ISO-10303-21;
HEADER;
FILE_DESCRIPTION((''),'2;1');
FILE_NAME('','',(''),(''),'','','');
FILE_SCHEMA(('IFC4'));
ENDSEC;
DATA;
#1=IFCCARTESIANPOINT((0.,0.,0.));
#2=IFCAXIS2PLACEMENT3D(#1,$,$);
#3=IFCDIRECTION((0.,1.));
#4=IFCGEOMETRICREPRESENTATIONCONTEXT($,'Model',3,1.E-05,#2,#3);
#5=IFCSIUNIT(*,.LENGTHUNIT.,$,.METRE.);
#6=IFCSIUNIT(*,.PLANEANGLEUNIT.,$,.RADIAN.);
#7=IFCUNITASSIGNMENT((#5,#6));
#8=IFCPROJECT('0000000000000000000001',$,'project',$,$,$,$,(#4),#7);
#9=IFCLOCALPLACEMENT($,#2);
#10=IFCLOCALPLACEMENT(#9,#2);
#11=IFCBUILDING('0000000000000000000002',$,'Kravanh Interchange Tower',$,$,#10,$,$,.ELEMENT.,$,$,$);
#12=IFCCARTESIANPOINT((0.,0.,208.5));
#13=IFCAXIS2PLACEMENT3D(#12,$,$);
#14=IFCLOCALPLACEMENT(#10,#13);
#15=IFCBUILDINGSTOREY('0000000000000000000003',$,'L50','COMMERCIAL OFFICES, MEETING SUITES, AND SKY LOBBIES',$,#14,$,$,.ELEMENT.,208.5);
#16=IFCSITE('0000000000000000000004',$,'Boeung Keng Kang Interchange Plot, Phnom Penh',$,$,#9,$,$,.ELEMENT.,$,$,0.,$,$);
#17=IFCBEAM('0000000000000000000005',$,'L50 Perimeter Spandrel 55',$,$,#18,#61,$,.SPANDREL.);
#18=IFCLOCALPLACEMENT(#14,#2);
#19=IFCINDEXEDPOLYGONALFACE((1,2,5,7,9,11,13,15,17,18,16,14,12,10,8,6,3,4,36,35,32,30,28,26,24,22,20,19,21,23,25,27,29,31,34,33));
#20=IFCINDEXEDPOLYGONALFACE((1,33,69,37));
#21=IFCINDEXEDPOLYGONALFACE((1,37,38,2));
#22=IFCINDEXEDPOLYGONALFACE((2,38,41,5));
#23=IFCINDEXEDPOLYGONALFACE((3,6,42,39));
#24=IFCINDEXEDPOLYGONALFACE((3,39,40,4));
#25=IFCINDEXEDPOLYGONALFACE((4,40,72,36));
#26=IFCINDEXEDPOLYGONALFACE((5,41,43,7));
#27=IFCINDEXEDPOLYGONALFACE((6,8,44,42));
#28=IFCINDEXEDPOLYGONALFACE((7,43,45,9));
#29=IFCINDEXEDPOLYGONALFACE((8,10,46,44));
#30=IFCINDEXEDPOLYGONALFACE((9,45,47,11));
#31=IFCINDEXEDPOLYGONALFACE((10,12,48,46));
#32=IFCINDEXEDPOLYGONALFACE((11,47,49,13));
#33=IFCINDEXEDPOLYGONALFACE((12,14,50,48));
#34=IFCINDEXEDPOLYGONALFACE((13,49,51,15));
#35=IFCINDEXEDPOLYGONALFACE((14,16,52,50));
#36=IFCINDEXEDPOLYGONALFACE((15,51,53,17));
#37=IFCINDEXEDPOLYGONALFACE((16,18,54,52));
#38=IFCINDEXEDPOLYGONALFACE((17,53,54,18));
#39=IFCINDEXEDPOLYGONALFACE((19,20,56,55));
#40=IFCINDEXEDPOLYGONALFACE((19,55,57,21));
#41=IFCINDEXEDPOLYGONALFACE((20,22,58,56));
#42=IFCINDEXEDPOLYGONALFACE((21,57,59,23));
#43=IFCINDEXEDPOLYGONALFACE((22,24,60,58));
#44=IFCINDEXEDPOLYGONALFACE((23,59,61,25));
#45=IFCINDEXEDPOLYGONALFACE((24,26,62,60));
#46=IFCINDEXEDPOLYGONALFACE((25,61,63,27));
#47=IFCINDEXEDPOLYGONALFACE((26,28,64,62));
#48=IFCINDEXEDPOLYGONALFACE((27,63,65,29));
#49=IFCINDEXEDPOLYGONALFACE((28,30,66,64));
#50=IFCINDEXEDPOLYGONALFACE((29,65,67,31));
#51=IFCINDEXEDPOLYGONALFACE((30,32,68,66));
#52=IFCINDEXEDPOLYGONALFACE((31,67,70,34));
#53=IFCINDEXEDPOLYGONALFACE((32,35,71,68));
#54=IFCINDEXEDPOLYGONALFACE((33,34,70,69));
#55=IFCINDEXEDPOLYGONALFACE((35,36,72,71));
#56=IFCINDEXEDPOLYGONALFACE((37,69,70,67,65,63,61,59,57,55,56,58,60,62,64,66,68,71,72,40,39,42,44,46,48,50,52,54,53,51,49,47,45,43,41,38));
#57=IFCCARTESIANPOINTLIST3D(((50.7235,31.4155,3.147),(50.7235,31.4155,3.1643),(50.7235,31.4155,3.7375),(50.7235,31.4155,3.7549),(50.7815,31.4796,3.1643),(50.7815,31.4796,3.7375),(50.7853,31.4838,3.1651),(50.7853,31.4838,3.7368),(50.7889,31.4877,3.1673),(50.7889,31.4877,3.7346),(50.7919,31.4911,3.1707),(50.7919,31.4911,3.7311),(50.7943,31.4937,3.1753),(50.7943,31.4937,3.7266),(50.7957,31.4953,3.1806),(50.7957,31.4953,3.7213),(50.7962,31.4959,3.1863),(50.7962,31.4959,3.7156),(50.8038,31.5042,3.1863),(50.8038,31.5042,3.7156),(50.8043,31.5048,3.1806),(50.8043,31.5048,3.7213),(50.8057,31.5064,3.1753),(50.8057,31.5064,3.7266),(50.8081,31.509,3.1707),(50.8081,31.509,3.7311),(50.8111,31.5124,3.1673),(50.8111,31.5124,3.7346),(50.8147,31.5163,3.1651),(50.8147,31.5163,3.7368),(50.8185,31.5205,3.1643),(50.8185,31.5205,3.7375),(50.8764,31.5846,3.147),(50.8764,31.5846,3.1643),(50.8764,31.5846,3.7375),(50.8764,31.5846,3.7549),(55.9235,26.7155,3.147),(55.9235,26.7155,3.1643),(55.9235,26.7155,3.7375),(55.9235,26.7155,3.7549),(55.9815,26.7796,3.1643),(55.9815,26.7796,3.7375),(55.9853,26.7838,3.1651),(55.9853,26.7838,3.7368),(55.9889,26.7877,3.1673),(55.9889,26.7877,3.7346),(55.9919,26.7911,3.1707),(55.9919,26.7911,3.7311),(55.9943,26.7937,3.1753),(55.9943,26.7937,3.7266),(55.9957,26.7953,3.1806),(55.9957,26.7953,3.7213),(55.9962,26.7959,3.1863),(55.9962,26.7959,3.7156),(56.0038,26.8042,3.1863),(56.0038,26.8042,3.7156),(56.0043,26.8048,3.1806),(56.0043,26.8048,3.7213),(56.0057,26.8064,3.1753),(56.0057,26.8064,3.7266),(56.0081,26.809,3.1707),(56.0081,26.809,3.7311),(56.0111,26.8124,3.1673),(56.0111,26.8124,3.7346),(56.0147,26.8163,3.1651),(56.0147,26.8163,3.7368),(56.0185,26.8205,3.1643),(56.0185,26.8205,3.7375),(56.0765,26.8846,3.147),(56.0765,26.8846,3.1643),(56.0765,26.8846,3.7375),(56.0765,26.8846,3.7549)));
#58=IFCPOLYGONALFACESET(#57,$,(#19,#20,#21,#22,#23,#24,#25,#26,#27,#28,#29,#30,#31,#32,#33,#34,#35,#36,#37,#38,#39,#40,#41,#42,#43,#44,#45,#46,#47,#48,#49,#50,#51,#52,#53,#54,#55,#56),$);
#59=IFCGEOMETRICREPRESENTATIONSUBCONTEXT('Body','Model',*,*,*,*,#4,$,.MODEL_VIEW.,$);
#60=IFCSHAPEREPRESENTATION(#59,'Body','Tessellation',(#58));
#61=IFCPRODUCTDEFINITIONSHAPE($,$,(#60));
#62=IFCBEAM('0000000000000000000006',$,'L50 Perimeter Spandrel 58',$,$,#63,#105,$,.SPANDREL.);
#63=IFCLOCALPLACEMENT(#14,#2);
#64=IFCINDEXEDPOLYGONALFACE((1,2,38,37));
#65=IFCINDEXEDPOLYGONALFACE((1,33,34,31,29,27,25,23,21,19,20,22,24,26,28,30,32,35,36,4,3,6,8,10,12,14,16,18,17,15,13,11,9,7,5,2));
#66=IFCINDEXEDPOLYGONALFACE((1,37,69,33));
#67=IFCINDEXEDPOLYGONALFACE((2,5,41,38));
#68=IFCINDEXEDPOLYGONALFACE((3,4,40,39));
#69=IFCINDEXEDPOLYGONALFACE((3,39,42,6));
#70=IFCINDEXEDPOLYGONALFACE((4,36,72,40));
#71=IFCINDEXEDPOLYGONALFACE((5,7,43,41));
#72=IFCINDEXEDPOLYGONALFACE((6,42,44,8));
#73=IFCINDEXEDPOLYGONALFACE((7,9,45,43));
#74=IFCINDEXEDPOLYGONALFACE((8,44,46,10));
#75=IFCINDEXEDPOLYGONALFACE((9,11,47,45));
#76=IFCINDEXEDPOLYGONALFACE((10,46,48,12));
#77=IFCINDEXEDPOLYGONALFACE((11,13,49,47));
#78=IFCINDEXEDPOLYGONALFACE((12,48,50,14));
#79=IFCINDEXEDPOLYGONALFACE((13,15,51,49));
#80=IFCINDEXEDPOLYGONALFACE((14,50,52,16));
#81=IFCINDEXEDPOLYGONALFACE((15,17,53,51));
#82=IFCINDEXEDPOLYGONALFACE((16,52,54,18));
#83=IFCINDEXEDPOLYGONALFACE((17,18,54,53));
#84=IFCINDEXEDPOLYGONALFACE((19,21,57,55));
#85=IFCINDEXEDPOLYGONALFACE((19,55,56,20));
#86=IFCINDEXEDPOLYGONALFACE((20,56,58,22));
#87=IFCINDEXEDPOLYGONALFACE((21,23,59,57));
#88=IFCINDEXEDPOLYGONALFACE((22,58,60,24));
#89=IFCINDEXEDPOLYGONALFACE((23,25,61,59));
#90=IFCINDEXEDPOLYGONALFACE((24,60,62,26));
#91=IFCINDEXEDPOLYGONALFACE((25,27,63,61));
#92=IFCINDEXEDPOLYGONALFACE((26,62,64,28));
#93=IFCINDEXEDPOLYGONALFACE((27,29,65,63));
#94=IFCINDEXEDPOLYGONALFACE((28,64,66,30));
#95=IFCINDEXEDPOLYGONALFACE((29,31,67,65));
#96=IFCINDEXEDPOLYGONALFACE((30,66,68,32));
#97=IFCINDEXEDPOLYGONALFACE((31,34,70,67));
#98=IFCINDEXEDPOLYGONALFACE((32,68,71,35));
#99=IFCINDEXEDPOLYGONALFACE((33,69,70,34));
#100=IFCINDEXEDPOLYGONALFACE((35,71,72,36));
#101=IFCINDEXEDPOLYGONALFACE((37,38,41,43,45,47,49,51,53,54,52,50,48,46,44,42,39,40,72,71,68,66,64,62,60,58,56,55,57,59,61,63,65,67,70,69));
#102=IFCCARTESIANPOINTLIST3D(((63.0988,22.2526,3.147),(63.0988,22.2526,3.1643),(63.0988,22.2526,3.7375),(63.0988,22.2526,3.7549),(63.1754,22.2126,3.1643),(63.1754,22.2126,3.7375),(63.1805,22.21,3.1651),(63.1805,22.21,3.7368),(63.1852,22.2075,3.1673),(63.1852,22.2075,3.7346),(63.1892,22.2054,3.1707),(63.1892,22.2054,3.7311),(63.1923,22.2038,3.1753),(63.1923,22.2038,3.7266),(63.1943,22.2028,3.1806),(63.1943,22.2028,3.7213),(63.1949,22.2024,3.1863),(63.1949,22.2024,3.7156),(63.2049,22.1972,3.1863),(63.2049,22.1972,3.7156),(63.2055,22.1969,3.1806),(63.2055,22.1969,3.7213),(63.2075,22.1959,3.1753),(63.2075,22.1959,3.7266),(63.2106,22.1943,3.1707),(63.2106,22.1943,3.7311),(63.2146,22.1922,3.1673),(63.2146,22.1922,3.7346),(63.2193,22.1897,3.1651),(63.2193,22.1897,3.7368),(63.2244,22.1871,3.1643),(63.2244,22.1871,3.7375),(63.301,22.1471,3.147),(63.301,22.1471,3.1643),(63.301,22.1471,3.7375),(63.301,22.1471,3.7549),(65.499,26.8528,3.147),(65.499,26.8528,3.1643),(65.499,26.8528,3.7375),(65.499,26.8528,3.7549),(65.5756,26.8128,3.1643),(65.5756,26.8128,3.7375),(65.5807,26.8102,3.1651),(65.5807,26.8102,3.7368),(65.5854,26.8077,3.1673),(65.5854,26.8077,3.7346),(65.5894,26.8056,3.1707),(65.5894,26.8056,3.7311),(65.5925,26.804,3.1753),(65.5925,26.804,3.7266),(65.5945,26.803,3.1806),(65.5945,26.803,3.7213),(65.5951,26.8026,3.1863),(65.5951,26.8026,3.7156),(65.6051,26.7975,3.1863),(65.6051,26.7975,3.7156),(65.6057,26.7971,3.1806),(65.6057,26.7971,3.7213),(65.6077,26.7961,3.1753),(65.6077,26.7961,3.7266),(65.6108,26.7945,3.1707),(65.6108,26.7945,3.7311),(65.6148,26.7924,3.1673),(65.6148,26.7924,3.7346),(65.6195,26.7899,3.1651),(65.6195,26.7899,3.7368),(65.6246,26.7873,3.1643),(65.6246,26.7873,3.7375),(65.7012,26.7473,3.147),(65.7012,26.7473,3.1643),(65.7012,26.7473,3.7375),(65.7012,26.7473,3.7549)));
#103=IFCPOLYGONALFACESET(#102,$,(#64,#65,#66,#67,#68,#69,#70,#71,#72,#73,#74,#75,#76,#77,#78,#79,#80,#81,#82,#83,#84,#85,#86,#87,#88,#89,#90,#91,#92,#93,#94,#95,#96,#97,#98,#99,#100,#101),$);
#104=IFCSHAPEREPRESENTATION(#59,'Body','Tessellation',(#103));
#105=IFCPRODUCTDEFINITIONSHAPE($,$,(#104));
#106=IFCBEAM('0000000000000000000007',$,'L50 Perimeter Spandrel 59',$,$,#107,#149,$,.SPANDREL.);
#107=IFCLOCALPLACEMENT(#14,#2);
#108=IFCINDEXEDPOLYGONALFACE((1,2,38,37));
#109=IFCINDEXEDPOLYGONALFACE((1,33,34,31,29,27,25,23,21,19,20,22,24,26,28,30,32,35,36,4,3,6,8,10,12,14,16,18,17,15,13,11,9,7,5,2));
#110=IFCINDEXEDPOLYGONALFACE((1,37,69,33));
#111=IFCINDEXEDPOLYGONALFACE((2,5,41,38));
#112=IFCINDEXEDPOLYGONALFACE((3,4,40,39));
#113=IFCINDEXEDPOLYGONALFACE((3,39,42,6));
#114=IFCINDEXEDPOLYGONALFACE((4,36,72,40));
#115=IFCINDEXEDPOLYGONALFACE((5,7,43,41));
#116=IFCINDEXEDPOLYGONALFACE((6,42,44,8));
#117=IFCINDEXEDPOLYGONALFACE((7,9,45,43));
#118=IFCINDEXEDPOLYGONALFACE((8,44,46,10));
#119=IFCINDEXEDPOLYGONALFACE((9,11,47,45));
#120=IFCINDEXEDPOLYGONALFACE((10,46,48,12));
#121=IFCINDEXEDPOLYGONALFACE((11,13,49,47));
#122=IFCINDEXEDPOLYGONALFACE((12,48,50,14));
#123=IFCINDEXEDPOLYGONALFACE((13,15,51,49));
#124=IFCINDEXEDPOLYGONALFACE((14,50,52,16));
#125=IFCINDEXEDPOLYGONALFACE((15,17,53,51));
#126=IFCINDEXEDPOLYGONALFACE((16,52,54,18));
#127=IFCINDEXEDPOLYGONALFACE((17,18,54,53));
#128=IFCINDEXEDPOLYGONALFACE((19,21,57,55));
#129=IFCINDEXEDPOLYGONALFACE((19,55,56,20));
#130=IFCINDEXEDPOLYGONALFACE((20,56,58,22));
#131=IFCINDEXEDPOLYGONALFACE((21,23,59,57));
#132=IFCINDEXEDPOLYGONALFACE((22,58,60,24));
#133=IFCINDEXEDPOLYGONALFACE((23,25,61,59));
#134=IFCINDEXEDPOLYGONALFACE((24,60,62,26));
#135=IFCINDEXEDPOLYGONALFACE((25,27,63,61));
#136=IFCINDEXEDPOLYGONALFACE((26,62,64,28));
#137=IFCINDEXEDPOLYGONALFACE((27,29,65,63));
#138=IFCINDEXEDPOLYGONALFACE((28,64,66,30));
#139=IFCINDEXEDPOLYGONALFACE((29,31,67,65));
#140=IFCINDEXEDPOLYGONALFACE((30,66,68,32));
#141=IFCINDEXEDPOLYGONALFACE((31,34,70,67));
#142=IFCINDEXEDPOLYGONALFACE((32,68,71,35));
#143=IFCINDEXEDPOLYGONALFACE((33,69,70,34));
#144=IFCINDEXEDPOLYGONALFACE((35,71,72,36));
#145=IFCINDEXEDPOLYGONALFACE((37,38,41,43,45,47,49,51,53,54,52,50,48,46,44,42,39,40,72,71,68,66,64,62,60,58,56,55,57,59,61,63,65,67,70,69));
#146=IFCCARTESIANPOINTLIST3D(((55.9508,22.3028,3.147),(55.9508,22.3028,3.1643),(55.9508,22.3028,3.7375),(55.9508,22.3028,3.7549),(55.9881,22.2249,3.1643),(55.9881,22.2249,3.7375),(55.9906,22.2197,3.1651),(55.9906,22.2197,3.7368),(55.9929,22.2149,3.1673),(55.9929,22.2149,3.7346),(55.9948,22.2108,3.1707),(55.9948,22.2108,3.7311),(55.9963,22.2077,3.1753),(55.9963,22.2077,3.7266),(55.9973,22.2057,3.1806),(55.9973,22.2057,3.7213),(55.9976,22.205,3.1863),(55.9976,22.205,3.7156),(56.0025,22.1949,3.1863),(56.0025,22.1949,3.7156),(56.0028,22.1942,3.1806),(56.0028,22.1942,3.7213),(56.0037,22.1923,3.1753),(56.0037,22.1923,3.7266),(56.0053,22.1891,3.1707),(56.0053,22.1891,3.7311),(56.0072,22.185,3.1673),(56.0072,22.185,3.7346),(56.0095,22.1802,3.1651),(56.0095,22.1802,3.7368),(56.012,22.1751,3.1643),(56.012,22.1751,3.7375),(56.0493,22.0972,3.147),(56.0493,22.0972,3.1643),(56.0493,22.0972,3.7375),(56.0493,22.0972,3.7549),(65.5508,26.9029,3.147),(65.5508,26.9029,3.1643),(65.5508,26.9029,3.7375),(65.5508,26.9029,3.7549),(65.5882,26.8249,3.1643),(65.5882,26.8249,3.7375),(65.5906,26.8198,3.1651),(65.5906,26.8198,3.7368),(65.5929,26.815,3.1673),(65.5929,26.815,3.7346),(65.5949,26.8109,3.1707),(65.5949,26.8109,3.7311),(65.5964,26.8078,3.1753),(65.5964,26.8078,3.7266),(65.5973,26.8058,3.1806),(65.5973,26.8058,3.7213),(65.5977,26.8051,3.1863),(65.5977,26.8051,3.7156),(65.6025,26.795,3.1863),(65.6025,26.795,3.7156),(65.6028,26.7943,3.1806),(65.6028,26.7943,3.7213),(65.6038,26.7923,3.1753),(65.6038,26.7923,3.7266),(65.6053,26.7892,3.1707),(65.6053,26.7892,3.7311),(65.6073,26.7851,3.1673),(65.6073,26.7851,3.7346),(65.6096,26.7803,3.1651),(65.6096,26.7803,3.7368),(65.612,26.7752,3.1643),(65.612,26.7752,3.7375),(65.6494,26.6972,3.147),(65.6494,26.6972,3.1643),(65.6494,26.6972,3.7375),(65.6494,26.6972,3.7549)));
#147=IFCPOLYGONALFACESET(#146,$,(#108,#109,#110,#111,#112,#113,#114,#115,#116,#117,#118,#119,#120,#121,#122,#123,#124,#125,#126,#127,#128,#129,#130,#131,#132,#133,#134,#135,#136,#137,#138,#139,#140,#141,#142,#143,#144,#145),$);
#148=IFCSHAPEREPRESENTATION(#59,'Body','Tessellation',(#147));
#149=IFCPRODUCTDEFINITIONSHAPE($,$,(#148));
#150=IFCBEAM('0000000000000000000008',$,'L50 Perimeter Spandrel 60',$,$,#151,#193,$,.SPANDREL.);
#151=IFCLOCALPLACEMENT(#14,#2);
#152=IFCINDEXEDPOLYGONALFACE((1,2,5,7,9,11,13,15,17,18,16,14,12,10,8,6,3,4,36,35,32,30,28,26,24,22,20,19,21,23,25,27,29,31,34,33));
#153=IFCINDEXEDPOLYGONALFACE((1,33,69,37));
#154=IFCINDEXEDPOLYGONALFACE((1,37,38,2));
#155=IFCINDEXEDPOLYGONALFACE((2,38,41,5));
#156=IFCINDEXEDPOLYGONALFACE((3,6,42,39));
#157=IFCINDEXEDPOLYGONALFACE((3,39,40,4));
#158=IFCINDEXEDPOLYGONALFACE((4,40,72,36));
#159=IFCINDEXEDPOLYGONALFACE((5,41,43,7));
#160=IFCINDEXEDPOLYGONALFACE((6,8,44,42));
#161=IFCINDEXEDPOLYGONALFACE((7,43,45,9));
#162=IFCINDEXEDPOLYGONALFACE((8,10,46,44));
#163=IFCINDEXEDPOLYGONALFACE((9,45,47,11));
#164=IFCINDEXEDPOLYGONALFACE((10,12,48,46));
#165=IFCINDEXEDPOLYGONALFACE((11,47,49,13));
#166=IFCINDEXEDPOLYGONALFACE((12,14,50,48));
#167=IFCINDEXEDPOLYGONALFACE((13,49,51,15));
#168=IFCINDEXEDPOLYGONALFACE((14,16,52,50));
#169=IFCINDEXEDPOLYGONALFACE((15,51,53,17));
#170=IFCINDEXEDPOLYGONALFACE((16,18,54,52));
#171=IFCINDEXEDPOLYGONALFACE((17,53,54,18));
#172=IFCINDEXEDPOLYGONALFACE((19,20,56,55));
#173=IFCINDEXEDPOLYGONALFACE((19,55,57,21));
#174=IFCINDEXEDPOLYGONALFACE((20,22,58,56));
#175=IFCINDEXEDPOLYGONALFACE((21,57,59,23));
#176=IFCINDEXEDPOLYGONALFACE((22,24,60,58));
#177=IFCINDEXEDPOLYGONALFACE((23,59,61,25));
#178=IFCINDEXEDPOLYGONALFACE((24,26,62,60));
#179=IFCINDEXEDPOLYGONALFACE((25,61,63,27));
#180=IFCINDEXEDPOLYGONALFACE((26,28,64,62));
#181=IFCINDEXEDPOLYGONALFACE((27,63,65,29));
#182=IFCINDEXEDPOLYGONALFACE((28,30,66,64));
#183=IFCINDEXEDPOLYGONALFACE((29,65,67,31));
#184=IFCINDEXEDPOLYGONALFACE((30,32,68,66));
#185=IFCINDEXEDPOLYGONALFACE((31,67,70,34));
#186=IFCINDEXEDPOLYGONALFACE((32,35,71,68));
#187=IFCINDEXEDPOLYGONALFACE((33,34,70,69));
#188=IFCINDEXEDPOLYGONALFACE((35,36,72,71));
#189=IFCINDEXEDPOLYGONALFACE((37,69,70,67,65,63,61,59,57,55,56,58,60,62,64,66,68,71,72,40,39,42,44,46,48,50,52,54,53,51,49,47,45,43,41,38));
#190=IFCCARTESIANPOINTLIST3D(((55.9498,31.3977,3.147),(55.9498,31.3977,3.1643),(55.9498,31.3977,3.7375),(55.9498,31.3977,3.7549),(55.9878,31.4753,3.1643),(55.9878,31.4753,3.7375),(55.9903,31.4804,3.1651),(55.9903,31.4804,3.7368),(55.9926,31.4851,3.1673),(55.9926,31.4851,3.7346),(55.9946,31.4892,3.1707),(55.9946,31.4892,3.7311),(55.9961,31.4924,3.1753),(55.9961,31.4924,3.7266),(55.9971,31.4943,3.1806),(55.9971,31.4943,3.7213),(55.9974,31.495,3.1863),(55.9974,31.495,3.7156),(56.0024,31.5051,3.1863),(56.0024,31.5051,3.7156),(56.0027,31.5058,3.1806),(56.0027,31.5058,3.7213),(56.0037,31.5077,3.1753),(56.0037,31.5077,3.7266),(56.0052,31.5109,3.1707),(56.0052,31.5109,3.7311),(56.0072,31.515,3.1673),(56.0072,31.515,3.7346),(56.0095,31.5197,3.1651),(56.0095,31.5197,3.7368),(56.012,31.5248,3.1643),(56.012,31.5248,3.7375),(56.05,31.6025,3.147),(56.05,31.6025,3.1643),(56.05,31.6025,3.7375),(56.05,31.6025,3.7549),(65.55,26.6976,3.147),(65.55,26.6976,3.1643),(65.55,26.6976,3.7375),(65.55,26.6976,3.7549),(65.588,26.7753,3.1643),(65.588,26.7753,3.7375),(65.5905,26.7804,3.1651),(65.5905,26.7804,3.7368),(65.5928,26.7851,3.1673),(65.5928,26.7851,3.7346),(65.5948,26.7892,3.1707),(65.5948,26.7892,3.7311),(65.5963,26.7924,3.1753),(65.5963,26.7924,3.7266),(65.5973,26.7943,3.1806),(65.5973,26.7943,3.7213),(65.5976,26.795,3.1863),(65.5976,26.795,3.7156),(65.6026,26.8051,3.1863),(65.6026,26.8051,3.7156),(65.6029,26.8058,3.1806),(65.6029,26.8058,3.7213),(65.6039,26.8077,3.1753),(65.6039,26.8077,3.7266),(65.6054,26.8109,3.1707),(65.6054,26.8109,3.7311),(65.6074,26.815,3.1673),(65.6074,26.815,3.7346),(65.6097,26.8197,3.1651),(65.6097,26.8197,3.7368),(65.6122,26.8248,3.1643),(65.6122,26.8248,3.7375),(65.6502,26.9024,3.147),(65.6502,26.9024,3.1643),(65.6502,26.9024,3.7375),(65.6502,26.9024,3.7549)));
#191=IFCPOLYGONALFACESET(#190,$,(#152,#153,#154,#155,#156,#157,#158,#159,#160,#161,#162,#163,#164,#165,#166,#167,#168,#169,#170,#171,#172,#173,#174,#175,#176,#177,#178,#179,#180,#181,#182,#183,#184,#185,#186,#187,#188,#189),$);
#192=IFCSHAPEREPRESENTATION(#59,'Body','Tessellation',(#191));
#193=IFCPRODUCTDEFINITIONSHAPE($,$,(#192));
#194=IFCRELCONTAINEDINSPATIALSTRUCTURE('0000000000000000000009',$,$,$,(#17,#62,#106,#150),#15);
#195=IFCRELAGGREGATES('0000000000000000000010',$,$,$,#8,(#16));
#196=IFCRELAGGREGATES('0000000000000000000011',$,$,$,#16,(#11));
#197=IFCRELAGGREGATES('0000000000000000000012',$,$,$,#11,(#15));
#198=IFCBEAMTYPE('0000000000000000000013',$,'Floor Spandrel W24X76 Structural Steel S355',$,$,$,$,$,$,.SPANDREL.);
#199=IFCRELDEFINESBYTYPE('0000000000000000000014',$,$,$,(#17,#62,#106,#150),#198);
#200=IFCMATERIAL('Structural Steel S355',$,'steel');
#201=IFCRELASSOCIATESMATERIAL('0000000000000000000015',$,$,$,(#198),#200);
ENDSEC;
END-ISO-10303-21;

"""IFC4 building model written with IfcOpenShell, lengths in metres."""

from ifc_helpers import new_model, si_unit, direction, frame, origin, origin_2d, place, context, subcontext, project, spatial, i_section, extrude, material, material_profile, profile_set, type_object, element, save


model = new_model("IFC4")

# Units and contexts
model_context = context("Model", 3, precision=1e-05, world=origin(), true_north=direction((0.0, 1.0)))
body_context = subcontext(model_context, "Body", "Model", "MODEL_VIEW")
ifc_project = project(units=[si_unit("LENGTHUNIT", "METRE"), si_unit("PLANEANGLEUNIT", "RADIAN")], contexts=[model_context])

# Site, building, storey
site_placement = place(None, origin())
site = spatial("IfcSite", under=ifc_project, at=site_placement, Name="Boeung Keng Kang Interchange Plot, Phnom Penh", CompositionType="ELEMENT", RefElevation=0.0)
building_placement = place(site_placement, origin())
building = spatial("IfcBuilding", under=site, at=building_placement, Name="Kravanh Interchange Tower", CompositionType="ELEMENT")
storey_placement = place(building_placement, frame((0.0, 0.0, 208.5)))
storey = spatial("IfcBuildingStorey", under=building, at=storey_placement, Name="L50", Description="COMMERCIAL OFFICES, MEETING SUITES, AND SKY LOBBIES", CompositionType="ELEMENT", Elevation=208.5)

# Beams
ifc_material_1 = material(Name="Structural Steel S355", Category="steel")
ifc_material_profile_1 = material_profile(ifc_material_1, i_section(OverallWidth=0.228, OverallDepth=0.6079, WebThickness=0.0112, FlangeThickness=0.0173, FilletRadius=0.022, at=origin_2d()), Name="W24X76")
ifc_profile_set_1 = profile_set([ifc_material_profile_1], Name="Structural Steel S355")
beam_type_1 = type_object("IfcBeamType", Name="Floor Spandrel W24X76 Structural Steel S355", PredefinedType="SPANDREL", material=ifc_profile_set_1)
beam_1_placement = place(storey_placement, frame((56.0, 26.8, 3.4509), z_axis=(-0.741874, 0.670539, 0.0), x_axis=(-0.670539, -0.741874, 0.0)))
element("IfcBeam", 1, at=beam_1_placement, inside=storey, type_object=beam_type_1, Name="L50 Perimeter Spandrel 55", PredefinedType="SPANDREL", context=body_context, shape_type="SweptSolid", body=[
    extrude(i_section(OverallWidth=0.228, OverallDepth=0.6079, WebThickness=0.0112, FlangeThickness=0.0173, FilletRadius=0.022, at=origin_2d()), origin(), (0.0, 0.0, 1.0), 7.0093),
])
beam_2_placement = place(storey_placement, frame((65.6001, 26.8, 3.4509), z_axis=(-0.46258, -0.886577, 0.0), x_axis=(0.886577, -0.46258, 0.0)))
element("IfcBeam", 2, at=beam_2_placement, inside=storey, type_object=beam_type_1, Name="L50 Perimeter Spandrel 58", PredefinedType="SPANDREL", context=body_context, shape_type="SweptSolid", body=[
    extrude(i_section(OverallWidth=0.228, OverallDepth=0.6079, WebThickness=0.0112, FlangeThickness=0.0173, FilletRadius=0.022, at=origin_2d()), origin(), (0.0, 0.0, 1.0), 5.1887),
])
beam_3_placement = place(storey_placement, frame((65.6001, 26.8, 3.4509), z_axis=(-0.901814, -0.432124, 0.0), x_axis=(0.432124, -0.901814, 0.0)))
element("IfcBeam", 3, at=beam_3_placement, inside=storey, type_object=beam_type_1, Name="L50 Perimeter Spandrel 59", PredefinedType="SPANDREL", context=body_context, shape_type="SweptSolid", body=[
    extrude(i_section(OverallWidth=0.228, OverallDepth=0.6079, WebThickness=0.0112, FlangeThickness=0.0173, FilletRadius=0.022, at=origin_2d()), origin(), (0.0, 0.0, 1.0), 10.6453),
])
beam_4_placement = place(storey_placement, frame((65.6001, 26.8, 3.4509), z_axis=(-0.898142, 0.439706, 0.0), x_axis=(-0.439706, -0.898142, 0.0)))
element("IfcBeam", 4, at=beam_4_placement, inside=storey, type_object=beam_type_1, Name="L50 Perimeter Spandrel 60", PredefinedType="SPANDREL", context=body_context, shape_type="SweptSolid", body=[
    extrude(i_section(OverallWidth=0.228, OverallDepth=0.6079, WebThickness=0.0112, FlangeThickness=0.0173, FilletRadius=0.022, at=origin_2d()), origin(), (0.0, 0.0, 1.0), 10.689),
])

save(model, "model.ifc")
